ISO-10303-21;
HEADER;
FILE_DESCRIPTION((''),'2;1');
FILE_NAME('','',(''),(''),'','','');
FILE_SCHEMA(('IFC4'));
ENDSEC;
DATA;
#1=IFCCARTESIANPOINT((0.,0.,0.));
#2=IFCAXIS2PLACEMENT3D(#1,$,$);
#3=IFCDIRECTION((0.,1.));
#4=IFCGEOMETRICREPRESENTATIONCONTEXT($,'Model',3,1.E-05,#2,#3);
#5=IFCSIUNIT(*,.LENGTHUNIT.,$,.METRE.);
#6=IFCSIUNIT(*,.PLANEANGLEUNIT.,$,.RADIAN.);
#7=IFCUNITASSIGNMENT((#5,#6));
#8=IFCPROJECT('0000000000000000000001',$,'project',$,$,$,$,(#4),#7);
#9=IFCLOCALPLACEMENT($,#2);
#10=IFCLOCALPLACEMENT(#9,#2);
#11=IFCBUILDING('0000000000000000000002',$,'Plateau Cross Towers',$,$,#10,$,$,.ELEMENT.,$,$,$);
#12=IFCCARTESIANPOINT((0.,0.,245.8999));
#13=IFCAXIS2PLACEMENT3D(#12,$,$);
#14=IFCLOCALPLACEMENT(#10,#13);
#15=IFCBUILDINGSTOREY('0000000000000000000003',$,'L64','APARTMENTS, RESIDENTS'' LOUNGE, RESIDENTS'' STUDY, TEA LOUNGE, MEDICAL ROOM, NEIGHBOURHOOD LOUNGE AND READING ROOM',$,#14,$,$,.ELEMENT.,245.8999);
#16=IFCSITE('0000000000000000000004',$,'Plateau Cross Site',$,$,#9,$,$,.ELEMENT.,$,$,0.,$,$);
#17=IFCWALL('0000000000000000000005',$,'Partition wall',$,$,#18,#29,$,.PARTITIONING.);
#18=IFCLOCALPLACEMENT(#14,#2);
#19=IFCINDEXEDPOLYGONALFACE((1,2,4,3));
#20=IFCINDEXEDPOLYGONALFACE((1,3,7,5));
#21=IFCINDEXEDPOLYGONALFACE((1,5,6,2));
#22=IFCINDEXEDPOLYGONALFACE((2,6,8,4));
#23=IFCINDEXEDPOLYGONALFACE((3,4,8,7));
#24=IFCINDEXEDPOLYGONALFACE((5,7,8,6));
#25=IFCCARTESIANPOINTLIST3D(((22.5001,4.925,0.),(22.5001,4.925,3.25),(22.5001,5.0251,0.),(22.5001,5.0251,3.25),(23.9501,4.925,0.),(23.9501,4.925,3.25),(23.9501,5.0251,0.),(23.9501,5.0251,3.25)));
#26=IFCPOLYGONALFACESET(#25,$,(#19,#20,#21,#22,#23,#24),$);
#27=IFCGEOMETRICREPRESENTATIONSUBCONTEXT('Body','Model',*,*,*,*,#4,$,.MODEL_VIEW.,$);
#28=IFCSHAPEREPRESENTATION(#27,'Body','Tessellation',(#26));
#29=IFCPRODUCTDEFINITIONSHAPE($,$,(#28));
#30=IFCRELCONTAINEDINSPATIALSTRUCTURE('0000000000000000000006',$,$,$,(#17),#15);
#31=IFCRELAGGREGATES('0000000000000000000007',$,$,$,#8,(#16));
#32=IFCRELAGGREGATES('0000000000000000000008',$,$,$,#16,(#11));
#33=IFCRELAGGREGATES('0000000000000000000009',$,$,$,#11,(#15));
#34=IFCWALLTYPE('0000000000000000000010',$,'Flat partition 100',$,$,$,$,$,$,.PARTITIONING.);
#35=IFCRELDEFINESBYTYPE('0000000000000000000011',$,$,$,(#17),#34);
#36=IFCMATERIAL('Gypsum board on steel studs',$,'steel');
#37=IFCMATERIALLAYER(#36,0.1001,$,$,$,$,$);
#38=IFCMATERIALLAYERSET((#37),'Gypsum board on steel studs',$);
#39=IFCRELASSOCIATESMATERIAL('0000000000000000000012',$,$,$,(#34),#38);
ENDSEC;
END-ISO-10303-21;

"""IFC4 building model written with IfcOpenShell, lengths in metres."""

from ifc_helpers import new_model, si_unit, direction, frame, frame_2d, origin, place, context, subcontext, project, spatial, rectangle, extrude, material, layer, layer_set, type_object, element, save


model = new_model("IFC4")

# Units and contexts
model_context = context("Model", 3, precision=1e-05, world=origin(), true_north=direction((0.0, 1.0)))
body_context = subcontext(model_context, "Body", "Model", "MODEL_VIEW")
ifc_project = project(units=[si_unit("LENGTHUNIT", "METRE"), si_unit("PLANEANGLEUNIT", "RADIAN")], contexts=[model_context])

# Site, building, storey
site_placement = place(None, origin())
site = spatial("IfcSite", under=ifc_project, at=site_placement, Name="Plateau Cross Site", CompositionType="ELEMENT", RefElevation=0.0)
building_placement = place(site_placement, origin())
building = spatial("IfcBuilding", under=site, at=building_placement, Name="Plateau Cross Towers", CompositionType="ELEMENT")
storey_placement = place(building_placement, frame((0.0, 0.0, 245.8999)))
storey = spatial("IfcBuildingStorey", under=building, at=storey_placement, Name="L64", Description="APARTMENTS, RESIDENTS' LOUNGE, RESIDENTS' STUDY, TEA LOUNGE, MEDICAL ROOM, NEIGHBOURHOOD LOUNGE AND READING ROOM", CompositionType="ELEMENT", Elevation=245.8999)

# Wall
ifc_material_1 = material(Name="Gypsum board on steel studs", Category="steel")
ifc_layer_1 = layer(ifc_material_1, 0.1001)
ifc_layer_set_1 = layer_set([ifc_layer_1], Name="Gypsum board on steel studs")
wall_type_1 = type_object("IfcWallType", Name="Flat partition 100", PredefinedType="PARTITIONING", material=ifc_layer_set_1)
wall_1_placement = place(storey_placement, frame((22.5, 4.9751, 0.0), z_axis=(0.0, 0.0, 1.0), x_axis=(1.0, 0.0, 0.0)))
element("IfcWall", 1, at=wall_1_placement, inside=storey, type_object=wall_type_1, Name="Partition wall", PredefinedType="PARTITIONING", context=body_context, shape_type="SweptSolid", body=[
    extrude(rectangle(XDim=1.45, YDim=0.1001, at=frame_2d((0.7251, 0.0))), origin(), (0.0, 0.0, 1.0), 3.25),
])

save(model, "model.ifc")
